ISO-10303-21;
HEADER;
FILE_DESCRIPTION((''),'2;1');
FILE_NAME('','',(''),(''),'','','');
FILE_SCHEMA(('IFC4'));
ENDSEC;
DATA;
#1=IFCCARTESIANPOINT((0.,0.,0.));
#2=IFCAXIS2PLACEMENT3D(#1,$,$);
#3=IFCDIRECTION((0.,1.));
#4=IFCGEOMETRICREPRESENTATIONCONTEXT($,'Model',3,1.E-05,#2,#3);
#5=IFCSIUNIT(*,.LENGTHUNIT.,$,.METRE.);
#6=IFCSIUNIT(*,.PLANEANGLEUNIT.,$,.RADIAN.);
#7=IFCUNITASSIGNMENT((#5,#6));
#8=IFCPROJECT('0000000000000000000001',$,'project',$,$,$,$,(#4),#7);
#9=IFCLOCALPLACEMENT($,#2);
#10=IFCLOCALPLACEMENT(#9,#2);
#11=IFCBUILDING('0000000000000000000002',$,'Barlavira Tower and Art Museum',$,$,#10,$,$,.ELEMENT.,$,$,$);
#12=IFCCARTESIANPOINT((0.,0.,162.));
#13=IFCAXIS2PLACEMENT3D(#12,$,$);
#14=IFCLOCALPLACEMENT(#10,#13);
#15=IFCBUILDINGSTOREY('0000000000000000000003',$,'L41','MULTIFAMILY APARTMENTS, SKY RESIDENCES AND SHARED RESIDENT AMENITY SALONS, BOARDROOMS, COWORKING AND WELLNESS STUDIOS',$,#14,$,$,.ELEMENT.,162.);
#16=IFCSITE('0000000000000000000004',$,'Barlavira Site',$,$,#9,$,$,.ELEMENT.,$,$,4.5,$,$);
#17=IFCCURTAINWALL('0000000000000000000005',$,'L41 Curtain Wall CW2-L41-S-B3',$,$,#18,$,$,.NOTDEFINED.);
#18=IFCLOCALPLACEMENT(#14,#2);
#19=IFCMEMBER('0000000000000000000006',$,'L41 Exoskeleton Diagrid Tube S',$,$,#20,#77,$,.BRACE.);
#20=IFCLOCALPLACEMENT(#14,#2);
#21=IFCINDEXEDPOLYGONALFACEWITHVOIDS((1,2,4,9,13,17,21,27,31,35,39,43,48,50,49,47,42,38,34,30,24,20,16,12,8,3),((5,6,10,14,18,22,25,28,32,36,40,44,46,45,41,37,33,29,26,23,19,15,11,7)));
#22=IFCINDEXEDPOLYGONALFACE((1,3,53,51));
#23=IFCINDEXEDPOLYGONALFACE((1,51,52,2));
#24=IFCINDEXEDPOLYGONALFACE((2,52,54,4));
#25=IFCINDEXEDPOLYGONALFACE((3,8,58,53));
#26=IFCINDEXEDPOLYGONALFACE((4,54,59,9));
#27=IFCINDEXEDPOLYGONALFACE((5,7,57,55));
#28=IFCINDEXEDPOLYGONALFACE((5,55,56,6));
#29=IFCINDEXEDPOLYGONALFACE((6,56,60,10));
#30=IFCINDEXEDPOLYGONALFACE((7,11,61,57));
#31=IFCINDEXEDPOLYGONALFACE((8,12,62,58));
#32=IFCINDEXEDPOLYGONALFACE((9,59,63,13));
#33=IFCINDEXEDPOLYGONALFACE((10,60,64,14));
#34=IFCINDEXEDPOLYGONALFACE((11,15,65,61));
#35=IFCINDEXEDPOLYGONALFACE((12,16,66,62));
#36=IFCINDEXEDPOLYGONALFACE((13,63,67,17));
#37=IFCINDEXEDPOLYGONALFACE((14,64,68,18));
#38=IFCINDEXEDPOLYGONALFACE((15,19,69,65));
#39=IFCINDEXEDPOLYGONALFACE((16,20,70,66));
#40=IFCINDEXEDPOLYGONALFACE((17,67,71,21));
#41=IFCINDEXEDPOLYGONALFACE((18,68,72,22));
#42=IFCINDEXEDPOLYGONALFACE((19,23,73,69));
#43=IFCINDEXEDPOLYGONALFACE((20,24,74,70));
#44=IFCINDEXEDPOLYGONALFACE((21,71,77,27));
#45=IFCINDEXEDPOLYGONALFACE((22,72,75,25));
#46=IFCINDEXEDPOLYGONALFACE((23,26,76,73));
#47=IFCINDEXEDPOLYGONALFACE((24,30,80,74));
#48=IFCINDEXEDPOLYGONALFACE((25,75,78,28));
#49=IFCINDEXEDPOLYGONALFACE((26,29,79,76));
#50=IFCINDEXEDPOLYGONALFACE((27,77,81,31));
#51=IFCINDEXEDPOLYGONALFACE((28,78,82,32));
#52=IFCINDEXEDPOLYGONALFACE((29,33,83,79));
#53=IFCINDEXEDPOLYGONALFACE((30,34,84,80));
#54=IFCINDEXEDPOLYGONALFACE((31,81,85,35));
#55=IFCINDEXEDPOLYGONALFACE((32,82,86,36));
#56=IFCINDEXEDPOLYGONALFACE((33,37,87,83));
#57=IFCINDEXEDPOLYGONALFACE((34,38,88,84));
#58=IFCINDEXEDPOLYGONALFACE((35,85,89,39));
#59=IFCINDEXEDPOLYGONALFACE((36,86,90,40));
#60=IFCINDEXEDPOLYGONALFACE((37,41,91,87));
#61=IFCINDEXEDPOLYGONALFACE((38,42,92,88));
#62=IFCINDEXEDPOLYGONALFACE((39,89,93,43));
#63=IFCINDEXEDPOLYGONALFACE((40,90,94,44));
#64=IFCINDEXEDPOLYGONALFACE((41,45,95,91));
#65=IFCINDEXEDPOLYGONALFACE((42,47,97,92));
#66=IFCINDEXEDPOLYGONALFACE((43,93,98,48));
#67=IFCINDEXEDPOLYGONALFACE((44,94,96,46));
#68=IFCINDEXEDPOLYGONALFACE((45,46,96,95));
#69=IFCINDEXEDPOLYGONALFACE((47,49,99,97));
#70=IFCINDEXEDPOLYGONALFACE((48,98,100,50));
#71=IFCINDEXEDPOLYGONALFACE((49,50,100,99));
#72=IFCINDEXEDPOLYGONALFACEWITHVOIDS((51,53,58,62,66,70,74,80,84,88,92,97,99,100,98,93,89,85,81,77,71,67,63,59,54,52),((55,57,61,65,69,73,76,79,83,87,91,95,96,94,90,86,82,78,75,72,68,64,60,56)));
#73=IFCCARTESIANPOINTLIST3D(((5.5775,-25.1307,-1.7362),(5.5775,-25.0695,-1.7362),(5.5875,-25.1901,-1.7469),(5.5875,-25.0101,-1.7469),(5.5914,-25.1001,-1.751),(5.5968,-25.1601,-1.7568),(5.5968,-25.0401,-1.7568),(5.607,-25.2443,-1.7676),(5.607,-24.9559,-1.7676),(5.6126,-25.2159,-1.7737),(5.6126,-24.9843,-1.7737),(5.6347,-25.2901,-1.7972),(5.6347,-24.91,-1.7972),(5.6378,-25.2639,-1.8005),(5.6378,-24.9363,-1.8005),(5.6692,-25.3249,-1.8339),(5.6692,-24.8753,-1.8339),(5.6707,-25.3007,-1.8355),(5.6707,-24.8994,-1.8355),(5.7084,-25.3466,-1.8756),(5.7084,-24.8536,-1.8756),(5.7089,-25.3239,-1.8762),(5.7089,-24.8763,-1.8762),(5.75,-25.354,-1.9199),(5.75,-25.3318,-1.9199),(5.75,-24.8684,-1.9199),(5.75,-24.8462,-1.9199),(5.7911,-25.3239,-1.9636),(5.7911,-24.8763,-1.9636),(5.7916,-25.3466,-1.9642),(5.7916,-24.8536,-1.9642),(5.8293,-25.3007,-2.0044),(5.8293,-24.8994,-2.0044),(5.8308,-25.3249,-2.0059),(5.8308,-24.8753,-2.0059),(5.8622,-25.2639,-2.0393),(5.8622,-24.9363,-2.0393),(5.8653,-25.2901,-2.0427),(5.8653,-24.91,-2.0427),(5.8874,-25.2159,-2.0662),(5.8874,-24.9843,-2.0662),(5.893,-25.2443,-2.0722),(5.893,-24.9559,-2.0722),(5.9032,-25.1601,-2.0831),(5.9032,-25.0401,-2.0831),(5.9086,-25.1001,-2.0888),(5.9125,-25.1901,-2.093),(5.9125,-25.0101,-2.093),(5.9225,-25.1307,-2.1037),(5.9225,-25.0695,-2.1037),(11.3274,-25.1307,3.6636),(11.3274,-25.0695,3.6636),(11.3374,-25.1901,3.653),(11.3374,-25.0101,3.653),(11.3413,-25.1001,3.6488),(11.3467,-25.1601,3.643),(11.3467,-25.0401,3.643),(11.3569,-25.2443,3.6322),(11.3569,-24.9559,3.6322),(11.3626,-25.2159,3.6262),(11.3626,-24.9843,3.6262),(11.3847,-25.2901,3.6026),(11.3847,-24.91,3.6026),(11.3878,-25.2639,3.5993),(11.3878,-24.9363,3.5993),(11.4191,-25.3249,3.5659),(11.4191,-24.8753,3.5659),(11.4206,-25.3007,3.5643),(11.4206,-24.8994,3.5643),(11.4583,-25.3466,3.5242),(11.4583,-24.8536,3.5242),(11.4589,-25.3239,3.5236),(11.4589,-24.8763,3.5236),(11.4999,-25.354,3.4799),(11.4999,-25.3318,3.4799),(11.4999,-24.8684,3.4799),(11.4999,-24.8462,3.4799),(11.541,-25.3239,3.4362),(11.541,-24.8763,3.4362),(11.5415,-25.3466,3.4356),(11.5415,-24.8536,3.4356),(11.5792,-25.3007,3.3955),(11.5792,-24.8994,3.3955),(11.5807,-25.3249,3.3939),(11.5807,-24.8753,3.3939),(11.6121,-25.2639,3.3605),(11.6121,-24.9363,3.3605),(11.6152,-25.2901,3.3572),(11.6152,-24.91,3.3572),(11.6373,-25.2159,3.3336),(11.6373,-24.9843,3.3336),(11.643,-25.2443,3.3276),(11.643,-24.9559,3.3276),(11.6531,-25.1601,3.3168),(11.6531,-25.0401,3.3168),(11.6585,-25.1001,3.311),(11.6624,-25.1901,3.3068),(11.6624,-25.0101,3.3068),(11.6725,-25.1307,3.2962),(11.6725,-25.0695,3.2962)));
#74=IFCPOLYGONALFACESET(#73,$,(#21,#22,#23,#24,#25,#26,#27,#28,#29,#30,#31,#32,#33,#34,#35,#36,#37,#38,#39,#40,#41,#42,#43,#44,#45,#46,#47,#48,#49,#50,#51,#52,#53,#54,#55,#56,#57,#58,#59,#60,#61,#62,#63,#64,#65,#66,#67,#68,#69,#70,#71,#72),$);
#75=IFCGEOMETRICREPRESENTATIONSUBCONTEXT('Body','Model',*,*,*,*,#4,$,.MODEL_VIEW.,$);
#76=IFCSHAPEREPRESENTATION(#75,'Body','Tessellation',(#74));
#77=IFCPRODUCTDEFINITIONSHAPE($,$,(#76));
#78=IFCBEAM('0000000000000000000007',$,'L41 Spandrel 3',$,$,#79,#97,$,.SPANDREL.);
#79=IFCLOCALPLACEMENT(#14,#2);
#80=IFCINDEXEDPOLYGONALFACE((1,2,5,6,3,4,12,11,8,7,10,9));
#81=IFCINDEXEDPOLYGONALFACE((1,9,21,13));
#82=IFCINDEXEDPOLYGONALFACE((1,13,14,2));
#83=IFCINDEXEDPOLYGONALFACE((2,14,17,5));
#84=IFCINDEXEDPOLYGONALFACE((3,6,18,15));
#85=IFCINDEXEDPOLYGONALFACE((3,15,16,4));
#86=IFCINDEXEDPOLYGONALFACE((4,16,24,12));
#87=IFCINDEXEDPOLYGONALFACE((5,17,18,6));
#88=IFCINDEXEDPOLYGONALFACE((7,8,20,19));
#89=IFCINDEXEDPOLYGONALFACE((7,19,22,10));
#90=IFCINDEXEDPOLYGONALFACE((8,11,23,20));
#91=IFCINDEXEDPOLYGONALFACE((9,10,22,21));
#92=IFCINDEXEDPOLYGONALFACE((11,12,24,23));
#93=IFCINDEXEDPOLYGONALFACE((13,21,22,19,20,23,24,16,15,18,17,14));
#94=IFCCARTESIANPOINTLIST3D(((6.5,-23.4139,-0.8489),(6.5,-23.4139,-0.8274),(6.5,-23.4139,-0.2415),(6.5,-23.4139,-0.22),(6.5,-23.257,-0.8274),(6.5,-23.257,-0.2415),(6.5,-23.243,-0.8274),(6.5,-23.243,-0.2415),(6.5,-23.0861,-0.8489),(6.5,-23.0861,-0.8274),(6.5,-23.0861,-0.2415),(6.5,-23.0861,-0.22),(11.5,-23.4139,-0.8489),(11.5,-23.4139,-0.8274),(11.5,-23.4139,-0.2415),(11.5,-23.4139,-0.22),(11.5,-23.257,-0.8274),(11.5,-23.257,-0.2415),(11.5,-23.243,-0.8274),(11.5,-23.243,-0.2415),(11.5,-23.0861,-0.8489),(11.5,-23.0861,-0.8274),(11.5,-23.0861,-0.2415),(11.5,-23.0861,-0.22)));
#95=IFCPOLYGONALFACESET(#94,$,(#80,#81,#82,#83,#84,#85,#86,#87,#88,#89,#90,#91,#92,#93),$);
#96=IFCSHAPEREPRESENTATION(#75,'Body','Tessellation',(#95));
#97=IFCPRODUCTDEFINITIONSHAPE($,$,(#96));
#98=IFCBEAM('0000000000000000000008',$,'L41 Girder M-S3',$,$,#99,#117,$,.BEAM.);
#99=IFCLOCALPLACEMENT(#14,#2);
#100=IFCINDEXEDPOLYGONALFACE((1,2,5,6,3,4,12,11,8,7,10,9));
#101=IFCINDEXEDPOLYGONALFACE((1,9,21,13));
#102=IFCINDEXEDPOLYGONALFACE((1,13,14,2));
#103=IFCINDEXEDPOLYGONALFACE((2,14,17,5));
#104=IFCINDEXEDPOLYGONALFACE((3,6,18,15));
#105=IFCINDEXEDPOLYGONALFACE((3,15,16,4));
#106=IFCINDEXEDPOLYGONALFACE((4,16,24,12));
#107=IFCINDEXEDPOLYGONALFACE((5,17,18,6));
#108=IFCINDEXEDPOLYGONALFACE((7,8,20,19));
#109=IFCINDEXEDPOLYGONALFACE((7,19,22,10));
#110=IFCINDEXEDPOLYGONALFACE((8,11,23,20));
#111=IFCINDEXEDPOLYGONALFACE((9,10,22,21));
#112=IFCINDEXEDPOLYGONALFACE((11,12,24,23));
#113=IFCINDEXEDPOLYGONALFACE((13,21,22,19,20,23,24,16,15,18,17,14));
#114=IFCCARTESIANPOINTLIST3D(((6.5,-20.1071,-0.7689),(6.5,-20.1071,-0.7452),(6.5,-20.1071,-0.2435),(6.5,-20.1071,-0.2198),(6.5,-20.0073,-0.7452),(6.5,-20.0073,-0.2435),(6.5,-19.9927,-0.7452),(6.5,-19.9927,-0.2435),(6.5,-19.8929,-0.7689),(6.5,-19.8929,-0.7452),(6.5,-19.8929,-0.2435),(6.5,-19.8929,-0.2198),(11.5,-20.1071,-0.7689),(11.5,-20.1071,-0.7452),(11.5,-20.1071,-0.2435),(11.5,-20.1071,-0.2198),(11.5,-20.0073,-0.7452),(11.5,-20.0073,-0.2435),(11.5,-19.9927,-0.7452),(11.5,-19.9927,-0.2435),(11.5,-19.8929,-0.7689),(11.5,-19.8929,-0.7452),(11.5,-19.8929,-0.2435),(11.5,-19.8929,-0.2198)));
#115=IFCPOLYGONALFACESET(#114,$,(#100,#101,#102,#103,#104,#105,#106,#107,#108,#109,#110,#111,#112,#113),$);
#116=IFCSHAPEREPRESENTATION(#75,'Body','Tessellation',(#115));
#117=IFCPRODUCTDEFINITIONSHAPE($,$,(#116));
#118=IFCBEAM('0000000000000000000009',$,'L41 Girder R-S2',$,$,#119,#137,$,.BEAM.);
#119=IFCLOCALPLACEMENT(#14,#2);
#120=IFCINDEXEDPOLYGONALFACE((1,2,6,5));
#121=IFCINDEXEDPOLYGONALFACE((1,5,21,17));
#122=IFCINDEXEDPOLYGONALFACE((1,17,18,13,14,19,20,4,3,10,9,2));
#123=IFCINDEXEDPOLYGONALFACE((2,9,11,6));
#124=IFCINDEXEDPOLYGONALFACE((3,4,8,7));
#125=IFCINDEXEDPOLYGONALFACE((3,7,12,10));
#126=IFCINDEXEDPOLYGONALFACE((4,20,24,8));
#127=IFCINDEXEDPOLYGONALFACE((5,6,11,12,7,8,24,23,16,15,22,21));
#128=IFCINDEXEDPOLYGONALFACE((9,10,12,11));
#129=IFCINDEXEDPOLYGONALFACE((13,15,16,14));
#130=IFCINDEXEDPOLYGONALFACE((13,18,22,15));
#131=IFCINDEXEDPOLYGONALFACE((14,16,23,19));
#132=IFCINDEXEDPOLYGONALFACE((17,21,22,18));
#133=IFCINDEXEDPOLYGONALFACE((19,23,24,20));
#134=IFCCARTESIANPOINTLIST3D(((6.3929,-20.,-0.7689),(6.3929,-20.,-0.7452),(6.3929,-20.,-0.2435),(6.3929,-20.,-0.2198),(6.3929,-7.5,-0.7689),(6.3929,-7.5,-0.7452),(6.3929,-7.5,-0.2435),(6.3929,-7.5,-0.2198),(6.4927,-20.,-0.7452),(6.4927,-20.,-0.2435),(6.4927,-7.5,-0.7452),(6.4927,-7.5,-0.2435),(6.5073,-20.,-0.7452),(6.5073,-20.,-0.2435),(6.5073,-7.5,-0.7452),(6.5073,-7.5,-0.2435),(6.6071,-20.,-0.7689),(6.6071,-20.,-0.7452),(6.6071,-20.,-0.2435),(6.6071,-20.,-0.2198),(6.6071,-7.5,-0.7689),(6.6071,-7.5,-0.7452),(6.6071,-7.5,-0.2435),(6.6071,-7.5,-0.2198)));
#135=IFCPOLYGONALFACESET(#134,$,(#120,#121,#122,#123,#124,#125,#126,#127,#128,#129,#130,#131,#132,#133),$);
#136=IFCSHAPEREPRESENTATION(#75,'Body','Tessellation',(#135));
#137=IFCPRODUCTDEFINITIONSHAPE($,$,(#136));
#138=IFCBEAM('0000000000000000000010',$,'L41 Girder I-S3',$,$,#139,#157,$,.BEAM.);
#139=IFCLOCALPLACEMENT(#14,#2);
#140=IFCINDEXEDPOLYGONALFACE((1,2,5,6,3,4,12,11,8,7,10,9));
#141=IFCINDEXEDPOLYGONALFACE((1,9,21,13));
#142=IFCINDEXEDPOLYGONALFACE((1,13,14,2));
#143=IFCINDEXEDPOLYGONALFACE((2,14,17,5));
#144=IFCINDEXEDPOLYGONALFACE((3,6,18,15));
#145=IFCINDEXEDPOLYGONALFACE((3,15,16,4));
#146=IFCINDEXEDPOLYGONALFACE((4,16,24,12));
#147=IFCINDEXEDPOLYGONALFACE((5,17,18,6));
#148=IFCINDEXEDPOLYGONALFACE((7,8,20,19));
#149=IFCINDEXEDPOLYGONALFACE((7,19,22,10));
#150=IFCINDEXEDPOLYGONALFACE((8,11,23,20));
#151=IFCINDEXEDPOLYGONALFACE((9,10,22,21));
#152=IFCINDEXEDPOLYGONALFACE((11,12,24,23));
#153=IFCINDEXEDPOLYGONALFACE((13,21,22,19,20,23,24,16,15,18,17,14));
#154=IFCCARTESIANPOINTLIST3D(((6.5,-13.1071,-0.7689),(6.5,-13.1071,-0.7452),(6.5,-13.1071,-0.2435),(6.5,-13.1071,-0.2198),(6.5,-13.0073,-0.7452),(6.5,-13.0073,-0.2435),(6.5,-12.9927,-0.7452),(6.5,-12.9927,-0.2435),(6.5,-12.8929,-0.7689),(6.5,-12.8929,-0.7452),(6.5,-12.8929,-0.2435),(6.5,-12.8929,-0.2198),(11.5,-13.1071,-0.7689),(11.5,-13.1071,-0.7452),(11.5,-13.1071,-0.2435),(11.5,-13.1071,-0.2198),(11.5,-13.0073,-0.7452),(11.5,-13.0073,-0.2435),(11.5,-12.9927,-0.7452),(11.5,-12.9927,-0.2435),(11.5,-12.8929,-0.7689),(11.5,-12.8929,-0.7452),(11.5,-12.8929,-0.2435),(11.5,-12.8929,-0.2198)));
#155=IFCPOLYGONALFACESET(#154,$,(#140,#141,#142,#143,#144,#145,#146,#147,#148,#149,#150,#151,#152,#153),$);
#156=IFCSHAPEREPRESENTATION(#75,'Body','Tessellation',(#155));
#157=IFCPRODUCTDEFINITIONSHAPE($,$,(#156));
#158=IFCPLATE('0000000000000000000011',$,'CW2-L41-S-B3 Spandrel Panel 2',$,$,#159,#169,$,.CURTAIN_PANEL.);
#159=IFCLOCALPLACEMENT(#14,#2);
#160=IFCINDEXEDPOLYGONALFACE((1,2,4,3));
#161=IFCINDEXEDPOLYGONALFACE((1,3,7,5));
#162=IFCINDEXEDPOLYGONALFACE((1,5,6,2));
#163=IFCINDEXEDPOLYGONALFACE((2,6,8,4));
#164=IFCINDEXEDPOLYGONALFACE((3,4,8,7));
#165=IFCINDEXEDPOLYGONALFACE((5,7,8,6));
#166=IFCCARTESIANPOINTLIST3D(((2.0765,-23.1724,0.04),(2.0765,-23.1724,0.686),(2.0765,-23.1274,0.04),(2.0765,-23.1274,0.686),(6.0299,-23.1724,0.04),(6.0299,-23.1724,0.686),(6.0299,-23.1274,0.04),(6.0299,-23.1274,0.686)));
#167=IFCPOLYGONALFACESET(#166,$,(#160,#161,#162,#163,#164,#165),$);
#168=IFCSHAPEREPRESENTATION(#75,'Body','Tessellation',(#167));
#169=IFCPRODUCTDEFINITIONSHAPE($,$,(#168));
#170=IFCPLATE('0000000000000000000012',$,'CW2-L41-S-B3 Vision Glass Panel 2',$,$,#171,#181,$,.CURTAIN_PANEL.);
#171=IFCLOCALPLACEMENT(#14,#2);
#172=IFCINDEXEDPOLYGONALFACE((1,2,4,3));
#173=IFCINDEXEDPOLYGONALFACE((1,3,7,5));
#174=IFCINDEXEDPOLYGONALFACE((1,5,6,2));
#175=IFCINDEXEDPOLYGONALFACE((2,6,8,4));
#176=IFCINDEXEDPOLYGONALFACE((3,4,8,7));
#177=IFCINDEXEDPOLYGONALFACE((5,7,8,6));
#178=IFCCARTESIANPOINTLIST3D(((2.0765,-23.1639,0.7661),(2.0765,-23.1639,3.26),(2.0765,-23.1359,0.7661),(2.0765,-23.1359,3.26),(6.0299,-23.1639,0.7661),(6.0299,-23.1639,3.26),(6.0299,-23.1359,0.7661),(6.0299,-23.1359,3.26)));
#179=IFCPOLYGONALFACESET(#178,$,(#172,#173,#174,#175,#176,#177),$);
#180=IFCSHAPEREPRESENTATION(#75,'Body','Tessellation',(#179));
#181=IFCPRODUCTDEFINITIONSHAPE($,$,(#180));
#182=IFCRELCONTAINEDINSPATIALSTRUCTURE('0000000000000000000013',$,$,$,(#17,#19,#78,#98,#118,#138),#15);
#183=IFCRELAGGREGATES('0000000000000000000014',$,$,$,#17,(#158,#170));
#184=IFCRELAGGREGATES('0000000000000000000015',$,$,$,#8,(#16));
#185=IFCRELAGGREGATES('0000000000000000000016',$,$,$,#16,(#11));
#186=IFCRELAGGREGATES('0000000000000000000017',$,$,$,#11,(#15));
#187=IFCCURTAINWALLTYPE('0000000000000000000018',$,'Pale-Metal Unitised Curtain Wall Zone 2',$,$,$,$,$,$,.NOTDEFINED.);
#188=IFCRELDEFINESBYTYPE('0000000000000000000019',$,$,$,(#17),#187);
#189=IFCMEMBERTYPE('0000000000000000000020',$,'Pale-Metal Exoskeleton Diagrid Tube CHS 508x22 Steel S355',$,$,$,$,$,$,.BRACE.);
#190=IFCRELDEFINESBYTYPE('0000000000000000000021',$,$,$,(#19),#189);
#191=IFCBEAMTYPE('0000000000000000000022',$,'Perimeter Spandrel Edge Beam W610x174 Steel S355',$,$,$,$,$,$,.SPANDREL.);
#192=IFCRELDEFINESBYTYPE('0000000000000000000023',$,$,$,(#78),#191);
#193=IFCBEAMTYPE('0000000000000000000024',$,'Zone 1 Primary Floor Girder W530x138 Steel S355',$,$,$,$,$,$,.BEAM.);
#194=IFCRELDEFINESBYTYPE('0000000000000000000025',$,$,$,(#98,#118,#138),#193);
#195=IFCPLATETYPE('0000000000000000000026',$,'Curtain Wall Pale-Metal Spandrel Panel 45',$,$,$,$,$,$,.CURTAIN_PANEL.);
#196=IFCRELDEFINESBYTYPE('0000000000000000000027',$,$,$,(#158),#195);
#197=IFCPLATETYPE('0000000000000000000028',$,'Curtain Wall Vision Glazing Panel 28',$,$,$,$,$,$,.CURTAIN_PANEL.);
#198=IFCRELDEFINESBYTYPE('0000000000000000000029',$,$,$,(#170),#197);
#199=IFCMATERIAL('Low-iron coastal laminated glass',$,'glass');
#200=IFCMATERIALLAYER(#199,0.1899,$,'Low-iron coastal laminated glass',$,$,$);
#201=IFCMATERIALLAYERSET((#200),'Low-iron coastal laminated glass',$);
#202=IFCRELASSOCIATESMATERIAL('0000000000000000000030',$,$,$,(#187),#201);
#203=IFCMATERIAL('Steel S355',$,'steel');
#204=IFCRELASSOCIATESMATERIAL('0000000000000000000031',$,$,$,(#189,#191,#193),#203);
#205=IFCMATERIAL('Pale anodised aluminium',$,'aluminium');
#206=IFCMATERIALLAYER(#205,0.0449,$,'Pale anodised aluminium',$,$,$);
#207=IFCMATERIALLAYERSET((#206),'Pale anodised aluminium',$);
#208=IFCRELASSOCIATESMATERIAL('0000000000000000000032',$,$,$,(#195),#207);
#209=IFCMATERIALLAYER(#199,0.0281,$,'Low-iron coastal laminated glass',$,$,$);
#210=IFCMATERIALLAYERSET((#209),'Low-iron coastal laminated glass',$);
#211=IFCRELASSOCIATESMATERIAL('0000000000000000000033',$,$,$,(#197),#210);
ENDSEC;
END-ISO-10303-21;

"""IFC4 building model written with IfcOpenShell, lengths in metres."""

from ifc_helpers import new_model, si_unit, direction, frame, origin, origin_2d, place, context, subcontext, project, spatial, rectangle, hollow_circle, i_section, extrude, material, layer, layer_set, material_profile, profile_set, type_object, element, aggregate, save


model = new_model("IFC4")

# Units and contexts
model_context = context("Model", 3, precision=1e-05, world=origin(), true_north=direction((0.0, 1.0)))
body_context = subcontext(model_context, "Body", "Model", "MODEL_VIEW")
ifc_project = project(units=[si_unit("LENGTHUNIT", "METRE"), si_unit("PLANEANGLEUNIT", "RADIAN")], contexts=[model_context])

# Site, building, storey
site_placement = place(None, origin())
site = spatial("IfcSite", under=ifc_project, at=site_placement, Name="Barlavira Site", CompositionType="ELEMENT", RefElevation=4.5)
building_placement = place(site_placement, origin())
building = spatial("IfcBuilding", under=site, at=building_placement, Name="Barlavira Tower and Art Museum", CompositionType="ELEMENT")
storey_placement = place(building_placement, frame((0.0, 0.0, 162.0)))
storey = spatial("IfcBuildingStorey", under=building, at=storey_placement, Name="L41", Description="MULTIFAMILY APARTMENTS, SKY RESIDENCES AND SHARED RESIDENT AMENITY SALONS, BOARDROOMS, COWORKING AND WELLNESS STUDIOS", CompositionType="ELEMENT", Elevation=162.0)

# Curtain wall
ifc_material_1 = material(Name="Low-iron coastal laminated glass", Category="glass")
ifc_layer_1 = layer(ifc_material_1, 0.1899, Name="Low-iron coastal laminated glass")
ifc_layer_set_1 = layer_set([ifc_layer_1], Name="Low-iron coastal laminated glass")
curtain_wall_type = type_object("IfcCurtainWallType", Name="Pale-Metal Unitised Curtain Wall Zone 2", PredefinedType="NOTDEFINED", material=ifc_layer_set_1)
curtain_wall_placement = place(storey_placement, origin())
curtain_wall = element("IfcCurtainWall", 1, at=curtain_wall_placement, inside=storey, type_object=curtain_wall_type, Name="L41 Curtain Wall CW2-L41-S-B3", PredefinedType="NOTDEFINED")
ifc_material_2 = material(Name="Pale anodised aluminium", Category="aluminium")

# Member
ifc_material_3 = material(Name="Steel S355", Category="steel")
ifc_material_profile_1 = material_profile(ifc_material_3, hollow_circle(Radius=0.2539, WallThickness=0.0222, at=origin_2d()), Name="CHS 508.0x22.2")
ifc_profile_set_1 = profile_set([ifc_material_profile_1], Name="Steel S355")
member_type_1 = type_object("IfcMemberType", Name="Pale-Metal Exoskeleton Diagrid Tube CHS 508x22 Steel S355", PredefinedType="BRACE", material=ifc_profile_set_1)
for number, where, z_axis, x_axis, name in (
    (2, (5.75, -25.1001, -1.9199), (0.72895, 0.0, 0.684567), (0.0, 1.0, 0.0), "L41 Exoskeleton Diagrid Tube S"),
):
    element("IfcMember", number, at=place(storey_placement, frame(where, z_axis=z_axis, x_axis=x_axis)), inside=storey, type_object=member_type_1, Name=name, PredefinedType="BRACE", context=body_context, shape_type="SweptSolid", body=[
        extrude(hollow_circle(Radius=0.2539, WallThickness=0.0222, at=origin_2d()), origin(), (0.0, 0.0, 1.0), 7.8879),
    ])

# Beams
ifc_material_profile_2 = material_profile(ifc_material_3, i_section(OverallWidth=0.3279, OverallDepth=0.6289, WebThickness=0.0139, FlangeThickness=0.0215, at=origin_2d()), Name="W610x174.0")
ifc_profile_set_2 = profile_set([ifc_material_profile_2], Name="Steel S355")
beam_type_1 = type_object("IfcBeamType", Name="Perimeter Spandrel Edge Beam W610x174 Steel S355", PredefinedType="SPANDREL", material=ifc_profile_set_2)
beam_1_placement = place(storey_placement, frame((6.5, -23.25, -0.5344), z_axis=(1.0, 0.0, 0.0), x_axis=(0.0, 1.0, 0.0)))
element("IfcBeam", 3, at=beam_1_placement, inside=storey, type_object=beam_type_1, Name="L41 Spandrel 3", PredefinedType="SPANDREL", context=body_context, shape_type="SweptSolid", body=[
    extrude(i_section(OverallWidth=0.3279, OverallDepth=0.6289, WebThickness=0.0139, FlangeThickness=0.0215, at=origin_2d()), origin(), (0.0, 0.0, 1.0), 5.0),
])
ifc_material_profile_3 = material_profile(ifc_material_3, i_section(OverallWidth=0.2141, OverallDepth=0.5491, WebThickness=0.0146, FlangeThickness=0.0237, at=origin_2d()), Name="W530x138.0")
ifc_profile_set_3 = profile_set([ifc_material_profile_3], Name="Steel S355")
beam_type_2 = type_object("IfcBeamType", Name="Zone 1 Primary Floor Girder W530x138 Steel S355", PredefinedType="BEAM", material=ifc_profile_set_3)
beam_2_placement = place(storey_placement, frame((6.5, -20.0, -0.4944), z_axis=(1.0, 0.0, 0.0), x_axis=(0.0, 1.0, 0.0)))
element("IfcBeam", 4, at=beam_2_placement, inside=storey, type_object=beam_type_2, Name="L41 Girder M-S3", PredefinedType="BEAM", context=body_context, shape_type="SweptSolid", body=[
    extrude(i_section(OverallWidth=0.2141, OverallDepth=0.5491, WebThickness=0.0146, FlangeThickness=0.0237, at=origin_2d()), origin(), (0.0, 0.0, 1.0), 5.0),
])
beam_3_placement = place(storey_placement, frame((6.5, -20.0, -0.4944), z_axis=(0.0, 1.0, 0.0), x_axis=(-1.0, 0.0, 0.0)))
element("IfcBeam", 5, at=beam_3_placement, inside=storey, type_object=beam_type_2, Name="L41 Girder R-S2", PredefinedType="BEAM", context=body_context, shape_type="SweptSolid", body=[
    extrude(i_section(OverallWidth=0.2141, OverallDepth=0.5491, WebThickness=0.0146, FlangeThickness=0.0237, at=origin_2d()), origin(), (0.0, 0.0, 1.0), 12.5),
])
beam_4_placement = place(storey_placement, frame((6.5, -13.0, -0.4944), z_axis=(1.0, 0.0, 0.0), x_axis=(0.0, 1.0, 0.0)))
element("IfcBeam", 6, at=beam_4_placement, inside=storey, type_object=beam_type_2, Name="L41 Girder I-S3", PredefinedType="BEAM", context=body_context, shape_type="SweptSolid", body=[
    extrude(i_section(OverallWidth=0.2141, OverallDepth=0.5491, WebThickness=0.0146, FlangeThickness=0.0237, at=origin_2d()), origin(), (0.0, 0.0, 1.0), 5.0),
])

# Plates
ifc_layer_2 = layer(ifc_material_2, 0.0449, Name="Pale anodised aluminium")
ifc_layer_set_2 = layer_set([ifc_layer_2], Name="Pale anodised aluminium")
plate_type_1 = type_object("IfcPlateType", Name="Curtain Wall Pale-Metal Spandrel Panel 45", PredefinedType="CURTAIN_PANEL", material=ifc_layer_set_2)
plate_1_placement = place(storey_placement, frame((4.0532, -23.1499, 0.04), z_axis=(0.0, 0.0, 1.0), x_axis=(1.0, 0.0, 0.0)))
plate_1 = element("IfcPlate", 7, at=plate_1_placement, type_object=plate_type_1, Name="CW2-L41-S-B3 Spandrel Panel 2", PredefinedType="CURTAIN_PANEL", context=body_context, shape_type="SweptSolid", body=[
    extrude(rectangle(XDim=3.9534, YDim=0.0449, at=origin_2d()), origin(), (0.0, 0.0, 1.0), 0.646),
])
ifc_layer_3 = layer(ifc_material_1, 0.0281, Name="Low-iron coastal laminated glass")
ifc_layer_set_3 = layer_set([ifc_layer_3], Name="Low-iron coastal laminated glass")
plate_type_2 = type_object("IfcPlateType", Name="Curtain Wall Vision Glazing Panel 28", PredefinedType="CURTAIN_PANEL", material=ifc_layer_set_3)
plate_2_placement = place(storey_placement, frame((4.0532, -23.1499, 0.7661), z_axis=(0.0, 0.0, 1.0), x_axis=(1.0, 0.0, 0.0)))
plate_2 = element("IfcPlate", 8, at=plate_2_placement, type_object=plate_type_2, Name="CW2-L41-S-B3 Vision Glass Panel 2", PredefinedType="CURTAIN_PANEL", context=body_context, shape_type="SweptSolid", body=[
    extrude(rectangle(XDim=3.9534, YDim=0.0281, at=origin_2d()), origin(), (0.0, 0.0, 1.0), 2.4939),
])
aggregate(curtain_wall, [plate_1, plate_2])

save(model, "model.ifc")
